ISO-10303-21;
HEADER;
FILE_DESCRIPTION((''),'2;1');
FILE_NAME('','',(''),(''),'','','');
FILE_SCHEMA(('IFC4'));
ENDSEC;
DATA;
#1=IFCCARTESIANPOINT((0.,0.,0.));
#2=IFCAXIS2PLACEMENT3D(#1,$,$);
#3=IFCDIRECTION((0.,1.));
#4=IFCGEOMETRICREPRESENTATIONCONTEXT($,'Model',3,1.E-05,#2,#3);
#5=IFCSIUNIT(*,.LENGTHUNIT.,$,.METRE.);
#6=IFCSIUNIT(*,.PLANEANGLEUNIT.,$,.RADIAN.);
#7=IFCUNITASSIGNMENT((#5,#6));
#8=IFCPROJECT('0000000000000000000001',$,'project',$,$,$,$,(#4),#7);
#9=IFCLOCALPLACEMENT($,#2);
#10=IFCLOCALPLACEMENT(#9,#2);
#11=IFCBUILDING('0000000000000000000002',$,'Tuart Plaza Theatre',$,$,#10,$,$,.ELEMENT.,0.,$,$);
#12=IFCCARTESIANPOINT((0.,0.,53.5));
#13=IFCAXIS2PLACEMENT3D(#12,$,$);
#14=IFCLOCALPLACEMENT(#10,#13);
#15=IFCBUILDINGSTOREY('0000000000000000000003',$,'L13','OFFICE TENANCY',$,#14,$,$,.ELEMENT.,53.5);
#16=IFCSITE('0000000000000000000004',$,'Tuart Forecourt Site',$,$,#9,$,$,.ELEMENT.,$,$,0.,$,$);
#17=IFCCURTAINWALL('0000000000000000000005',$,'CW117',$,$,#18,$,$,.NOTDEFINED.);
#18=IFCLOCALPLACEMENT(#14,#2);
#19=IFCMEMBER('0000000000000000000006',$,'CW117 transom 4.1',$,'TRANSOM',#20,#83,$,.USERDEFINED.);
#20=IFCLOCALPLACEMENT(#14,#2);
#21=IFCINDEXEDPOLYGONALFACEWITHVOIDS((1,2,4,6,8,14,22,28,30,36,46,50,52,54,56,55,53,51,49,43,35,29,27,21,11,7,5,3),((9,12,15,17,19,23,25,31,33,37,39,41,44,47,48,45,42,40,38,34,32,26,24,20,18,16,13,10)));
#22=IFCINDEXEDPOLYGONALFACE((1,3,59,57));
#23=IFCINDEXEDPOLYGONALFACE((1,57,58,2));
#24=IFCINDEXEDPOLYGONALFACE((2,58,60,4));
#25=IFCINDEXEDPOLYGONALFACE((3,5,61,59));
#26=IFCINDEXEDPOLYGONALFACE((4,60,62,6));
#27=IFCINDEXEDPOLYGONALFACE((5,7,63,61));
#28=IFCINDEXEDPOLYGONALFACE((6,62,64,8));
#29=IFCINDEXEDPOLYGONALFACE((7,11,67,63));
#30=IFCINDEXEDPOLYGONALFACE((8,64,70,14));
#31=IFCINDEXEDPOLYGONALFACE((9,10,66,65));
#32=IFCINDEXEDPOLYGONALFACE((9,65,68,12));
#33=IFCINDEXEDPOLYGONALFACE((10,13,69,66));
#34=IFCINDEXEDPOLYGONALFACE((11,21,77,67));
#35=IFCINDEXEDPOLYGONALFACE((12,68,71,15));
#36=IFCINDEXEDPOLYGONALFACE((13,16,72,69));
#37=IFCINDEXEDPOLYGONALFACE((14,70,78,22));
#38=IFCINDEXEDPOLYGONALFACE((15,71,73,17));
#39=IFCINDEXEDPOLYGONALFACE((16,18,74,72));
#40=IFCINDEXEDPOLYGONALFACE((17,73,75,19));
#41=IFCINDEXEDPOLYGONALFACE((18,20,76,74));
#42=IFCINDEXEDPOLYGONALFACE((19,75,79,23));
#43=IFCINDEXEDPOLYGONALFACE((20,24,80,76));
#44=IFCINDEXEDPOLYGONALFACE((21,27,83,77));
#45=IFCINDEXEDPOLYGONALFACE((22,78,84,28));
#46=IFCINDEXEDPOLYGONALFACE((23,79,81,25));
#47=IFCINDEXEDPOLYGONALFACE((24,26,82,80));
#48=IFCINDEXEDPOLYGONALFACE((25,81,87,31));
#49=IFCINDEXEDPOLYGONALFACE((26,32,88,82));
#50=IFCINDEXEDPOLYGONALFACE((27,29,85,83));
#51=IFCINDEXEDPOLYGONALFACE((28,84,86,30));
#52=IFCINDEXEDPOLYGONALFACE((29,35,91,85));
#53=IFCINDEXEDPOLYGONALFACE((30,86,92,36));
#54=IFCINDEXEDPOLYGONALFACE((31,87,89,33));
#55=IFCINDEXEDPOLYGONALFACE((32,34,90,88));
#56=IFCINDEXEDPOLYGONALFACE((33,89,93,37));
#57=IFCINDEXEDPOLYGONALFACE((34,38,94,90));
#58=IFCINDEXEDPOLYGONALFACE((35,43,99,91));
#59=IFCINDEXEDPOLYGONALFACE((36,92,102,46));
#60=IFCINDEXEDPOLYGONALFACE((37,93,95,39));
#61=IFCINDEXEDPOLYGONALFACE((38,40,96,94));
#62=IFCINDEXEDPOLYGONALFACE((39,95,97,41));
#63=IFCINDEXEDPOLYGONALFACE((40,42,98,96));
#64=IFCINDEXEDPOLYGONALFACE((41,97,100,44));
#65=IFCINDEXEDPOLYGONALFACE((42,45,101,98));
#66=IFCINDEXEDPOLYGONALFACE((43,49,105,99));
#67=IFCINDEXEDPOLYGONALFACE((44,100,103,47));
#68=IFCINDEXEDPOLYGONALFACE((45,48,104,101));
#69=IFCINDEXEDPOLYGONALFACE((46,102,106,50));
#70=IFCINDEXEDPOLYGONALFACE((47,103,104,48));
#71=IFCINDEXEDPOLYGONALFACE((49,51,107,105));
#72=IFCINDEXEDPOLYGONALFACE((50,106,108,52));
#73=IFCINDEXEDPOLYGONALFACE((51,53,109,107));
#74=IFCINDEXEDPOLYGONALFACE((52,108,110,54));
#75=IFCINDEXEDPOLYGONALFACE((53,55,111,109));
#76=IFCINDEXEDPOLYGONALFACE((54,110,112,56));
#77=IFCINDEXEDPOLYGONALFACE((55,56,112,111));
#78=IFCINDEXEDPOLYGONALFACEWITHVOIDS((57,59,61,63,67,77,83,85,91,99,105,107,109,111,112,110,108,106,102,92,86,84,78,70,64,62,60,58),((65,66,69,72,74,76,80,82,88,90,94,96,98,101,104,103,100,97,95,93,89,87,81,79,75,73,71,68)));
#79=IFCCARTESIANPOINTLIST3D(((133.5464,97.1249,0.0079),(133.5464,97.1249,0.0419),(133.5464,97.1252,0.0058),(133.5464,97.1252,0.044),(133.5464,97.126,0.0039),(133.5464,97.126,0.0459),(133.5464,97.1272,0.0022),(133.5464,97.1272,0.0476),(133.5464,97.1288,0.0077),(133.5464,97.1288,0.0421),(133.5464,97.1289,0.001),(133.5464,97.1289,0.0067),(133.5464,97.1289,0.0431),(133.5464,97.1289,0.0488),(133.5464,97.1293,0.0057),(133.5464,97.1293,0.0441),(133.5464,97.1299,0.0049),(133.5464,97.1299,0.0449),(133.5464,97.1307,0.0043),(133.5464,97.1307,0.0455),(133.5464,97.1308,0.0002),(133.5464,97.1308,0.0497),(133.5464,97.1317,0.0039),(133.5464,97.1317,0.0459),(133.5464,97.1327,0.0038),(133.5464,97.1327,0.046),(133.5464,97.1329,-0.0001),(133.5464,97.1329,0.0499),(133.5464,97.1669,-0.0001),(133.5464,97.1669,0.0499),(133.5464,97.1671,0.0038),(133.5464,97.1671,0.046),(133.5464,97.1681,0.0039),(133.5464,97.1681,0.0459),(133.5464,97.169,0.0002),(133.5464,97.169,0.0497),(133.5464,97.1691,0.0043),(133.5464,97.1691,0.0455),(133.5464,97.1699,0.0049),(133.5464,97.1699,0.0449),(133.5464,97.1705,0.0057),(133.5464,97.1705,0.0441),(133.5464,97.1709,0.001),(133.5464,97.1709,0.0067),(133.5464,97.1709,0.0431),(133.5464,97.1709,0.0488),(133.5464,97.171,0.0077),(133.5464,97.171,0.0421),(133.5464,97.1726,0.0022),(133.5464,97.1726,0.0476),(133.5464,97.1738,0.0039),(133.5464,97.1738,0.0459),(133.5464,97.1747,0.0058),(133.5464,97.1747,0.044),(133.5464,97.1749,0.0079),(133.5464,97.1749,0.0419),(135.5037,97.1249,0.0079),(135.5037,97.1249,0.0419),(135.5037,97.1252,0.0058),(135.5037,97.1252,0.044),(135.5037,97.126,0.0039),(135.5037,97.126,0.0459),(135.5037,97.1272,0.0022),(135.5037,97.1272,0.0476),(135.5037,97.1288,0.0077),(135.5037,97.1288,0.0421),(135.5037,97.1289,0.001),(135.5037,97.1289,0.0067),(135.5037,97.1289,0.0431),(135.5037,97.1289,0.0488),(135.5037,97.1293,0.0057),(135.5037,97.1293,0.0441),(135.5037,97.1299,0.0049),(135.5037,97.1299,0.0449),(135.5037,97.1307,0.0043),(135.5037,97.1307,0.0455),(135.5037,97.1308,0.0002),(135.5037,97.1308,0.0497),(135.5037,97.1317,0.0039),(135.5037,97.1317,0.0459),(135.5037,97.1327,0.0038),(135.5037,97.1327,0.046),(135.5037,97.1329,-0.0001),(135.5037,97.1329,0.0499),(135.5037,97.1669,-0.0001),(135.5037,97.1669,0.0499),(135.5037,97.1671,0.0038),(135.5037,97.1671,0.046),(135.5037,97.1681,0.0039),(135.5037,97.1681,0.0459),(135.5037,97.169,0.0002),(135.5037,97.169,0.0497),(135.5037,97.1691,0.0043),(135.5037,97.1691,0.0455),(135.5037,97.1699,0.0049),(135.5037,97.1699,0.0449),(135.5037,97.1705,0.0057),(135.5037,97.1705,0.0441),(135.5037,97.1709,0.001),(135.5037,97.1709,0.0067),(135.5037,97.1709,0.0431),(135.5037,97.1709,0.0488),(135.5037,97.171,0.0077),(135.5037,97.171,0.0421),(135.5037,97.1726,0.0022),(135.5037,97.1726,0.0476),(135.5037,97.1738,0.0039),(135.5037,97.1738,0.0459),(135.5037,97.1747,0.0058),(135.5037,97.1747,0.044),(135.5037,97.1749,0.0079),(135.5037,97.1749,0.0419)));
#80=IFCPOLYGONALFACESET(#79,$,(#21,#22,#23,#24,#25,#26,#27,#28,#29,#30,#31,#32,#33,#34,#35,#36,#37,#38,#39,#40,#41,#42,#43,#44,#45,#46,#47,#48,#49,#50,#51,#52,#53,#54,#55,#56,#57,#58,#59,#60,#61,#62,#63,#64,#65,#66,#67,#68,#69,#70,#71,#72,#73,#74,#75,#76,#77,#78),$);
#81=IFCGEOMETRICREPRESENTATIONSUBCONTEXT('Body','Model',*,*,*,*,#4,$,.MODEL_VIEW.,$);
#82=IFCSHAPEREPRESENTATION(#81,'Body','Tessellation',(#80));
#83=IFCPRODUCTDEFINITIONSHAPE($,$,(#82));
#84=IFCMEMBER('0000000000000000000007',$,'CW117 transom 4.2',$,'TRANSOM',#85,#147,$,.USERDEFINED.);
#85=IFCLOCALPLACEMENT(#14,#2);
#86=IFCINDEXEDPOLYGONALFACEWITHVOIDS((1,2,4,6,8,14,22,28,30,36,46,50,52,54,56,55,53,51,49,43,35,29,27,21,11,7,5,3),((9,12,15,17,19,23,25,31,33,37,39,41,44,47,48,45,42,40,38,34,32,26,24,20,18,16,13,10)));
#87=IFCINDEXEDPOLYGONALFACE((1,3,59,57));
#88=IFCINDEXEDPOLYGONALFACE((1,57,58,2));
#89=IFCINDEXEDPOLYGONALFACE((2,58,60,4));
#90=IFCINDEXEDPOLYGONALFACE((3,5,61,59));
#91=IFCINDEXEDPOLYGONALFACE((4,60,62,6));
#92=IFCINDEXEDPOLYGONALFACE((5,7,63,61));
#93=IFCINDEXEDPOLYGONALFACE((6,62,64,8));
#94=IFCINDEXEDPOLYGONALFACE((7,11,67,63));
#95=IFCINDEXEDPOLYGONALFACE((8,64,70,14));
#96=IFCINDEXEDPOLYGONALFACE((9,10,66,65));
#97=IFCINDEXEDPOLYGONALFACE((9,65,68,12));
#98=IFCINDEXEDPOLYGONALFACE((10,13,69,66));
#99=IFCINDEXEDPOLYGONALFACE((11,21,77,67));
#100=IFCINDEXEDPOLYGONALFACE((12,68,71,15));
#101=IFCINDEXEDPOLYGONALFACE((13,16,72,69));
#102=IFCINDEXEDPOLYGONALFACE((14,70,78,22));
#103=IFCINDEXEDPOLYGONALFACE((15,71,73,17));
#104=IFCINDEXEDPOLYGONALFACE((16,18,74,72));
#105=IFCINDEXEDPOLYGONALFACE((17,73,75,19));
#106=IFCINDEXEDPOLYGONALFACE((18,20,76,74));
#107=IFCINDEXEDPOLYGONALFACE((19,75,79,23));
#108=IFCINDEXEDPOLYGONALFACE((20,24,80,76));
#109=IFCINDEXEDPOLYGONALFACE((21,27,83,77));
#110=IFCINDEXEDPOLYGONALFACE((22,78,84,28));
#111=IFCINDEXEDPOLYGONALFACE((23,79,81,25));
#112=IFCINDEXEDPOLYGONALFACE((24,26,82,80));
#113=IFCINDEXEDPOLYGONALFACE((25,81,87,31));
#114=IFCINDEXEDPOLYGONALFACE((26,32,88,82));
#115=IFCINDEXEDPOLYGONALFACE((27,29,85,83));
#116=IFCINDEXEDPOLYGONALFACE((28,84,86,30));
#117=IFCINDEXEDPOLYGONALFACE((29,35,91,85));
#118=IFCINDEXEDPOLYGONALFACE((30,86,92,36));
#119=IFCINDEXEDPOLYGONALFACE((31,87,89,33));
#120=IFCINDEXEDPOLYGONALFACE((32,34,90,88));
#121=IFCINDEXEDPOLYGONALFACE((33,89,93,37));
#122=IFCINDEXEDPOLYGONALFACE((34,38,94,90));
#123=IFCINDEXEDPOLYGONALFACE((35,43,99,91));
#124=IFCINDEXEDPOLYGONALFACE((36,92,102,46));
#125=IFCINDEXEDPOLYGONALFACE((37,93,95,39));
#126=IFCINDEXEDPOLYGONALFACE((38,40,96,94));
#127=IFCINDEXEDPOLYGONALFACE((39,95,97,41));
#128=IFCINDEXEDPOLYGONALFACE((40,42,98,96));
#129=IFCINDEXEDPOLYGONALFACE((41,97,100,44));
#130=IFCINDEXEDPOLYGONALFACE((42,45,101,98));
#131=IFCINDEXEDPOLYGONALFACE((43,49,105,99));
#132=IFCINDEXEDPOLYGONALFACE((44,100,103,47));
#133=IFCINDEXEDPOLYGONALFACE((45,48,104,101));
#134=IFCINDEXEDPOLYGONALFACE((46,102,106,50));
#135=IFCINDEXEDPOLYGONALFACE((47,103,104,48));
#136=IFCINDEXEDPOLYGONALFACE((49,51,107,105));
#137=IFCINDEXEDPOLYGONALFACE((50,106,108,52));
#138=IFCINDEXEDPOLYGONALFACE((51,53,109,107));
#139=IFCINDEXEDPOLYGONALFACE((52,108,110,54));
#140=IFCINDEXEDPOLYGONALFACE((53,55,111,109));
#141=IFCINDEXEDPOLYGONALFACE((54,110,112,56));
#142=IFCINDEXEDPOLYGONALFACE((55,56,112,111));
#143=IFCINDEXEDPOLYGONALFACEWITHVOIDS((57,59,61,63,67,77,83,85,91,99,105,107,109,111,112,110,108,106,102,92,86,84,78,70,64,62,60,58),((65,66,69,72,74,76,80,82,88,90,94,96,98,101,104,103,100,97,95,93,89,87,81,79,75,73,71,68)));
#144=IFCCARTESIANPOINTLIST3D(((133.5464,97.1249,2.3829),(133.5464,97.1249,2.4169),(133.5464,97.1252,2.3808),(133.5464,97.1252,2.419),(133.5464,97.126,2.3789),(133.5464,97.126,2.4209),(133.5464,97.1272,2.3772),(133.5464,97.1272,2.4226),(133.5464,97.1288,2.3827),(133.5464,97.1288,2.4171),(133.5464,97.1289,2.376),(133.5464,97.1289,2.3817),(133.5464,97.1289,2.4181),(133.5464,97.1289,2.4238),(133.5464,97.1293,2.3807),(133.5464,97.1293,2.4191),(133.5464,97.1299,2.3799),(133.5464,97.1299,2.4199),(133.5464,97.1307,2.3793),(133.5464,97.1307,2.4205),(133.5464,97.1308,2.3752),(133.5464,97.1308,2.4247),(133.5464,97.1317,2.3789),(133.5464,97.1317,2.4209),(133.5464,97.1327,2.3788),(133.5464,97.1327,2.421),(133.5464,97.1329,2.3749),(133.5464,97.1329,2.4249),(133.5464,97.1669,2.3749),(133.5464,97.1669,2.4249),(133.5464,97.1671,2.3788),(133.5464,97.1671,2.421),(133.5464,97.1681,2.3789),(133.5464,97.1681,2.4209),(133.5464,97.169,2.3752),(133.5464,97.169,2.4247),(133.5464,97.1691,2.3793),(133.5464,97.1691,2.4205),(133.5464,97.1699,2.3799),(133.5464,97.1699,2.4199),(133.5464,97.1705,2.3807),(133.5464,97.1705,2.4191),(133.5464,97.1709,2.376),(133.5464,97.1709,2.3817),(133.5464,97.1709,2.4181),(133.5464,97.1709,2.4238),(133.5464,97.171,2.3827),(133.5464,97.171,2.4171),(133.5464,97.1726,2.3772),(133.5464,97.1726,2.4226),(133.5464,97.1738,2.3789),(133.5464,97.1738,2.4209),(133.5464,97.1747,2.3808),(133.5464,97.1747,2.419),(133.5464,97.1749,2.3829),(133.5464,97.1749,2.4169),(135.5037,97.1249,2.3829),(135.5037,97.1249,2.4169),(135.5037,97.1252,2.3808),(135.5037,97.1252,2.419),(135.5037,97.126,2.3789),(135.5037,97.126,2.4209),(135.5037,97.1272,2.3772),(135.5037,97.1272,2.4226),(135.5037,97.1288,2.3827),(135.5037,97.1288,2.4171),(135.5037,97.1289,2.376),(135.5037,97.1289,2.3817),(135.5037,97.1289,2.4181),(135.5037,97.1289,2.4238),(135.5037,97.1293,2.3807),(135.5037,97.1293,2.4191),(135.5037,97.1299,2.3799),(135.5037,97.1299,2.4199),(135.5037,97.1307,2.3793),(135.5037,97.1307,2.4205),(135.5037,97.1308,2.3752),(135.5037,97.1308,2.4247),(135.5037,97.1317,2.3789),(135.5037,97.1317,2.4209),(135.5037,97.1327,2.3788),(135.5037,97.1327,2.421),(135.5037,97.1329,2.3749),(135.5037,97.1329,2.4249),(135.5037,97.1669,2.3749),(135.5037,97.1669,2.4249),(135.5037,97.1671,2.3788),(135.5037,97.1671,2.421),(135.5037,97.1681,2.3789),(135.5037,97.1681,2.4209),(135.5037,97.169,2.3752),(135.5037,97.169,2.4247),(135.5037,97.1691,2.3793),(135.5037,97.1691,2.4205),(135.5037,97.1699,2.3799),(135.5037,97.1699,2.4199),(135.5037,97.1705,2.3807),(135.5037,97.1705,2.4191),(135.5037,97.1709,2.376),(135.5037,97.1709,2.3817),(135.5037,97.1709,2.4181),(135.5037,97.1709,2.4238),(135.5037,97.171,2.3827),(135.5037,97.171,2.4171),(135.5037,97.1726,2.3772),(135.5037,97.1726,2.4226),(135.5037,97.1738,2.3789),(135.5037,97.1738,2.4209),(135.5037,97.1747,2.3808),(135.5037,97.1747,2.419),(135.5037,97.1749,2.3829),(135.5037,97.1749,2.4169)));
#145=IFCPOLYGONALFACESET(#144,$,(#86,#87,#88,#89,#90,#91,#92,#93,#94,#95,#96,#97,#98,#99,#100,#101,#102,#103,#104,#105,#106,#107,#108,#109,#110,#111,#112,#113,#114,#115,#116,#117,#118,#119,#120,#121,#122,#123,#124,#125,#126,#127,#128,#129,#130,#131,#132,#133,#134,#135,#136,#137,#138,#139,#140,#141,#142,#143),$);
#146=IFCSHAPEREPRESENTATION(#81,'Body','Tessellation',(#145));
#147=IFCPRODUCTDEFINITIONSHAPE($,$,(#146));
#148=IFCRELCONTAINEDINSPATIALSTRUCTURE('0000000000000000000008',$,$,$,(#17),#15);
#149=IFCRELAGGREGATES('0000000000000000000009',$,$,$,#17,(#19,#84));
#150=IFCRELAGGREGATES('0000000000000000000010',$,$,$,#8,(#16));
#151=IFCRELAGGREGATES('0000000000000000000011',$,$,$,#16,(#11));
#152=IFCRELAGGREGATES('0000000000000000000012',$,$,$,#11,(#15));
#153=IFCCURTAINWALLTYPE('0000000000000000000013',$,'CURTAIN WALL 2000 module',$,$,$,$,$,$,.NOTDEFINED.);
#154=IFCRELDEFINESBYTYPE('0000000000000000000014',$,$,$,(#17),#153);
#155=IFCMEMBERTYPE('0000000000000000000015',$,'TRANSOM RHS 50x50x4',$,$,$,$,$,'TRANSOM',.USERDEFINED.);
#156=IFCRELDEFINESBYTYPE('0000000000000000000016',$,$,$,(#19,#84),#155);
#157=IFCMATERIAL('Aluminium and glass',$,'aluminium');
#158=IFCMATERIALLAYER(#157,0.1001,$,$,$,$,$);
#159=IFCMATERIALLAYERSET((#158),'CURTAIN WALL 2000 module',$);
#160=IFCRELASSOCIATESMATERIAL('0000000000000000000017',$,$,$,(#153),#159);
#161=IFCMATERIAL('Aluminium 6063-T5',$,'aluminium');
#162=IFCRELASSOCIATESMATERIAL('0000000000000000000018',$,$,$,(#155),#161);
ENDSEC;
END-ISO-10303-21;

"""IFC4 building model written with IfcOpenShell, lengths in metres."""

from ifc_helpers import new_model, si_unit, direction, frame, origin, origin_2d, place, context, subcontext, project, spatial, hollow_rectangle, extrude, material, layer, layer_set, material_profile, profile_set, type_object, element, aggregate, save


model = new_model("IFC4")

# Units and contexts
model_context = context("Model", 3, precision=1e-05, world=origin(), true_north=direction((0.0, 1.0)))
body_context = subcontext(model_context, "Body", "Model", "MODEL_VIEW")
ifc_project = project(units=[si_unit("LENGTHUNIT", "METRE"), si_unit("PLANEANGLEUNIT", "RADIAN")], contexts=[model_context])

# Site, building, storey
site_placement = place(None, origin())
site = spatial("IfcSite", under=ifc_project, at=site_placement, Name="Tuart Forecourt Site", CompositionType="ELEMENT", RefElevation=0.0)
building_placement = place(site_placement, origin())
building = spatial("IfcBuilding", under=site, at=building_placement, Name="Tuart Plaza Theatre", CompositionType="ELEMENT", ElevationOfRefHeight=0.0)
storey_placement = place(building_placement, frame((0.0, 0.0, 53.5)))
storey = spatial("IfcBuildingStorey", under=building, at=storey_placement, Name="L13", Description="OFFICE TENANCY", CompositionType="ELEMENT", Elevation=53.5)

# Curtain wall, members
ifc_material_1 = material(Name="Aluminium and glass", Category="aluminium")
ifc_layer_1 = layer(ifc_material_1, 0.1001)
ifc_layer_set_1 = layer_set([ifc_layer_1], Name="CURTAIN WALL 2000 module")
curtain_wall_type = type_object("IfcCurtainWallType", Name="CURTAIN WALL 2000 module", PredefinedType="NOTDEFINED", material=ifc_layer_set_1)
curtain_wall_placement = place(storey_placement, origin())
curtain_wall = element("IfcCurtainWall", 1, at=curtain_wall_placement, inside=storey, type_object=curtain_wall_type, Name="CW117", PredefinedType="NOTDEFINED")
ifc_material_2 = material(Name="Aluminium 6063-T5", Category="aluminium")
ifc_material_profile_1 = material_profile(ifc_material_2, hollow_rectangle(XDim=0.05, YDim=0.05, WallThickness=0.0039, InnerFilletRadius=0.0039, OuterFilletRadius=0.0081, at=origin_2d()), Name="RHS 50x50x4")
ifc_profile_set_1 = profile_set([ifc_material_profile_1], Name="Aluminium 6063-T5")
member_type_1 = type_object("IfcMemberType", Name="TRANSOM RHS 50x50x4", ElementType="TRANSOM", PredefinedType="USERDEFINED", material=ifc_profile_set_1)
member_1_placement = place(storey_placement, frame((135.5037, 97.1499, 0.0249), z_axis=(-1.0, 0.0, 0.0), x_axis=(0.0, -1.0, 0.0)))
member_1 = element("IfcMember", 2, at=member_1_placement, type_object=member_type_1, Name="CW117 transom 4.1", ObjectType="TRANSOM", PredefinedType="USERDEFINED", context=body_context, shape_type="SweptSolid", body=[
    extrude(hollow_rectangle(XDim=0.05, YDim=0.05, WallThickness=0.0039, InnerFilletRadius=0.0039, OuterFilletRadius=0.0081, at=origin_2d()), origin(), (0.0, 0.0, 1.0), 1.9573),
])
member_2_placement = place(storey_placement, frame((135.5037, 97.1499, 2.3999), z_axis=(-1.0, 0.0, 0.0), x_axis=(0.0, -1.0, 0.0)))
member_2 = element("IfcMember", 3, at=member_2_placement, type_object=member_type_1, Name="CW117 transom 4.2", ObjectType="TRANSOM", PredefinedType="USERDEFINED", context=body_context, shape_type="SweptSolid", body=[
    extrude(hollow_rectangle(XDim=0.05, YDim=0.05, WallThickness=0.0039, InnerFilletRadius=0.0039, OuterFilletRadius=0.0081, at=origin_2d()), origin(), (0.0, 0.0, 1.0), 1.9573),
])
aggregate(curtain_wall, [member_1, member_2])

save(model, "model.ifc")
